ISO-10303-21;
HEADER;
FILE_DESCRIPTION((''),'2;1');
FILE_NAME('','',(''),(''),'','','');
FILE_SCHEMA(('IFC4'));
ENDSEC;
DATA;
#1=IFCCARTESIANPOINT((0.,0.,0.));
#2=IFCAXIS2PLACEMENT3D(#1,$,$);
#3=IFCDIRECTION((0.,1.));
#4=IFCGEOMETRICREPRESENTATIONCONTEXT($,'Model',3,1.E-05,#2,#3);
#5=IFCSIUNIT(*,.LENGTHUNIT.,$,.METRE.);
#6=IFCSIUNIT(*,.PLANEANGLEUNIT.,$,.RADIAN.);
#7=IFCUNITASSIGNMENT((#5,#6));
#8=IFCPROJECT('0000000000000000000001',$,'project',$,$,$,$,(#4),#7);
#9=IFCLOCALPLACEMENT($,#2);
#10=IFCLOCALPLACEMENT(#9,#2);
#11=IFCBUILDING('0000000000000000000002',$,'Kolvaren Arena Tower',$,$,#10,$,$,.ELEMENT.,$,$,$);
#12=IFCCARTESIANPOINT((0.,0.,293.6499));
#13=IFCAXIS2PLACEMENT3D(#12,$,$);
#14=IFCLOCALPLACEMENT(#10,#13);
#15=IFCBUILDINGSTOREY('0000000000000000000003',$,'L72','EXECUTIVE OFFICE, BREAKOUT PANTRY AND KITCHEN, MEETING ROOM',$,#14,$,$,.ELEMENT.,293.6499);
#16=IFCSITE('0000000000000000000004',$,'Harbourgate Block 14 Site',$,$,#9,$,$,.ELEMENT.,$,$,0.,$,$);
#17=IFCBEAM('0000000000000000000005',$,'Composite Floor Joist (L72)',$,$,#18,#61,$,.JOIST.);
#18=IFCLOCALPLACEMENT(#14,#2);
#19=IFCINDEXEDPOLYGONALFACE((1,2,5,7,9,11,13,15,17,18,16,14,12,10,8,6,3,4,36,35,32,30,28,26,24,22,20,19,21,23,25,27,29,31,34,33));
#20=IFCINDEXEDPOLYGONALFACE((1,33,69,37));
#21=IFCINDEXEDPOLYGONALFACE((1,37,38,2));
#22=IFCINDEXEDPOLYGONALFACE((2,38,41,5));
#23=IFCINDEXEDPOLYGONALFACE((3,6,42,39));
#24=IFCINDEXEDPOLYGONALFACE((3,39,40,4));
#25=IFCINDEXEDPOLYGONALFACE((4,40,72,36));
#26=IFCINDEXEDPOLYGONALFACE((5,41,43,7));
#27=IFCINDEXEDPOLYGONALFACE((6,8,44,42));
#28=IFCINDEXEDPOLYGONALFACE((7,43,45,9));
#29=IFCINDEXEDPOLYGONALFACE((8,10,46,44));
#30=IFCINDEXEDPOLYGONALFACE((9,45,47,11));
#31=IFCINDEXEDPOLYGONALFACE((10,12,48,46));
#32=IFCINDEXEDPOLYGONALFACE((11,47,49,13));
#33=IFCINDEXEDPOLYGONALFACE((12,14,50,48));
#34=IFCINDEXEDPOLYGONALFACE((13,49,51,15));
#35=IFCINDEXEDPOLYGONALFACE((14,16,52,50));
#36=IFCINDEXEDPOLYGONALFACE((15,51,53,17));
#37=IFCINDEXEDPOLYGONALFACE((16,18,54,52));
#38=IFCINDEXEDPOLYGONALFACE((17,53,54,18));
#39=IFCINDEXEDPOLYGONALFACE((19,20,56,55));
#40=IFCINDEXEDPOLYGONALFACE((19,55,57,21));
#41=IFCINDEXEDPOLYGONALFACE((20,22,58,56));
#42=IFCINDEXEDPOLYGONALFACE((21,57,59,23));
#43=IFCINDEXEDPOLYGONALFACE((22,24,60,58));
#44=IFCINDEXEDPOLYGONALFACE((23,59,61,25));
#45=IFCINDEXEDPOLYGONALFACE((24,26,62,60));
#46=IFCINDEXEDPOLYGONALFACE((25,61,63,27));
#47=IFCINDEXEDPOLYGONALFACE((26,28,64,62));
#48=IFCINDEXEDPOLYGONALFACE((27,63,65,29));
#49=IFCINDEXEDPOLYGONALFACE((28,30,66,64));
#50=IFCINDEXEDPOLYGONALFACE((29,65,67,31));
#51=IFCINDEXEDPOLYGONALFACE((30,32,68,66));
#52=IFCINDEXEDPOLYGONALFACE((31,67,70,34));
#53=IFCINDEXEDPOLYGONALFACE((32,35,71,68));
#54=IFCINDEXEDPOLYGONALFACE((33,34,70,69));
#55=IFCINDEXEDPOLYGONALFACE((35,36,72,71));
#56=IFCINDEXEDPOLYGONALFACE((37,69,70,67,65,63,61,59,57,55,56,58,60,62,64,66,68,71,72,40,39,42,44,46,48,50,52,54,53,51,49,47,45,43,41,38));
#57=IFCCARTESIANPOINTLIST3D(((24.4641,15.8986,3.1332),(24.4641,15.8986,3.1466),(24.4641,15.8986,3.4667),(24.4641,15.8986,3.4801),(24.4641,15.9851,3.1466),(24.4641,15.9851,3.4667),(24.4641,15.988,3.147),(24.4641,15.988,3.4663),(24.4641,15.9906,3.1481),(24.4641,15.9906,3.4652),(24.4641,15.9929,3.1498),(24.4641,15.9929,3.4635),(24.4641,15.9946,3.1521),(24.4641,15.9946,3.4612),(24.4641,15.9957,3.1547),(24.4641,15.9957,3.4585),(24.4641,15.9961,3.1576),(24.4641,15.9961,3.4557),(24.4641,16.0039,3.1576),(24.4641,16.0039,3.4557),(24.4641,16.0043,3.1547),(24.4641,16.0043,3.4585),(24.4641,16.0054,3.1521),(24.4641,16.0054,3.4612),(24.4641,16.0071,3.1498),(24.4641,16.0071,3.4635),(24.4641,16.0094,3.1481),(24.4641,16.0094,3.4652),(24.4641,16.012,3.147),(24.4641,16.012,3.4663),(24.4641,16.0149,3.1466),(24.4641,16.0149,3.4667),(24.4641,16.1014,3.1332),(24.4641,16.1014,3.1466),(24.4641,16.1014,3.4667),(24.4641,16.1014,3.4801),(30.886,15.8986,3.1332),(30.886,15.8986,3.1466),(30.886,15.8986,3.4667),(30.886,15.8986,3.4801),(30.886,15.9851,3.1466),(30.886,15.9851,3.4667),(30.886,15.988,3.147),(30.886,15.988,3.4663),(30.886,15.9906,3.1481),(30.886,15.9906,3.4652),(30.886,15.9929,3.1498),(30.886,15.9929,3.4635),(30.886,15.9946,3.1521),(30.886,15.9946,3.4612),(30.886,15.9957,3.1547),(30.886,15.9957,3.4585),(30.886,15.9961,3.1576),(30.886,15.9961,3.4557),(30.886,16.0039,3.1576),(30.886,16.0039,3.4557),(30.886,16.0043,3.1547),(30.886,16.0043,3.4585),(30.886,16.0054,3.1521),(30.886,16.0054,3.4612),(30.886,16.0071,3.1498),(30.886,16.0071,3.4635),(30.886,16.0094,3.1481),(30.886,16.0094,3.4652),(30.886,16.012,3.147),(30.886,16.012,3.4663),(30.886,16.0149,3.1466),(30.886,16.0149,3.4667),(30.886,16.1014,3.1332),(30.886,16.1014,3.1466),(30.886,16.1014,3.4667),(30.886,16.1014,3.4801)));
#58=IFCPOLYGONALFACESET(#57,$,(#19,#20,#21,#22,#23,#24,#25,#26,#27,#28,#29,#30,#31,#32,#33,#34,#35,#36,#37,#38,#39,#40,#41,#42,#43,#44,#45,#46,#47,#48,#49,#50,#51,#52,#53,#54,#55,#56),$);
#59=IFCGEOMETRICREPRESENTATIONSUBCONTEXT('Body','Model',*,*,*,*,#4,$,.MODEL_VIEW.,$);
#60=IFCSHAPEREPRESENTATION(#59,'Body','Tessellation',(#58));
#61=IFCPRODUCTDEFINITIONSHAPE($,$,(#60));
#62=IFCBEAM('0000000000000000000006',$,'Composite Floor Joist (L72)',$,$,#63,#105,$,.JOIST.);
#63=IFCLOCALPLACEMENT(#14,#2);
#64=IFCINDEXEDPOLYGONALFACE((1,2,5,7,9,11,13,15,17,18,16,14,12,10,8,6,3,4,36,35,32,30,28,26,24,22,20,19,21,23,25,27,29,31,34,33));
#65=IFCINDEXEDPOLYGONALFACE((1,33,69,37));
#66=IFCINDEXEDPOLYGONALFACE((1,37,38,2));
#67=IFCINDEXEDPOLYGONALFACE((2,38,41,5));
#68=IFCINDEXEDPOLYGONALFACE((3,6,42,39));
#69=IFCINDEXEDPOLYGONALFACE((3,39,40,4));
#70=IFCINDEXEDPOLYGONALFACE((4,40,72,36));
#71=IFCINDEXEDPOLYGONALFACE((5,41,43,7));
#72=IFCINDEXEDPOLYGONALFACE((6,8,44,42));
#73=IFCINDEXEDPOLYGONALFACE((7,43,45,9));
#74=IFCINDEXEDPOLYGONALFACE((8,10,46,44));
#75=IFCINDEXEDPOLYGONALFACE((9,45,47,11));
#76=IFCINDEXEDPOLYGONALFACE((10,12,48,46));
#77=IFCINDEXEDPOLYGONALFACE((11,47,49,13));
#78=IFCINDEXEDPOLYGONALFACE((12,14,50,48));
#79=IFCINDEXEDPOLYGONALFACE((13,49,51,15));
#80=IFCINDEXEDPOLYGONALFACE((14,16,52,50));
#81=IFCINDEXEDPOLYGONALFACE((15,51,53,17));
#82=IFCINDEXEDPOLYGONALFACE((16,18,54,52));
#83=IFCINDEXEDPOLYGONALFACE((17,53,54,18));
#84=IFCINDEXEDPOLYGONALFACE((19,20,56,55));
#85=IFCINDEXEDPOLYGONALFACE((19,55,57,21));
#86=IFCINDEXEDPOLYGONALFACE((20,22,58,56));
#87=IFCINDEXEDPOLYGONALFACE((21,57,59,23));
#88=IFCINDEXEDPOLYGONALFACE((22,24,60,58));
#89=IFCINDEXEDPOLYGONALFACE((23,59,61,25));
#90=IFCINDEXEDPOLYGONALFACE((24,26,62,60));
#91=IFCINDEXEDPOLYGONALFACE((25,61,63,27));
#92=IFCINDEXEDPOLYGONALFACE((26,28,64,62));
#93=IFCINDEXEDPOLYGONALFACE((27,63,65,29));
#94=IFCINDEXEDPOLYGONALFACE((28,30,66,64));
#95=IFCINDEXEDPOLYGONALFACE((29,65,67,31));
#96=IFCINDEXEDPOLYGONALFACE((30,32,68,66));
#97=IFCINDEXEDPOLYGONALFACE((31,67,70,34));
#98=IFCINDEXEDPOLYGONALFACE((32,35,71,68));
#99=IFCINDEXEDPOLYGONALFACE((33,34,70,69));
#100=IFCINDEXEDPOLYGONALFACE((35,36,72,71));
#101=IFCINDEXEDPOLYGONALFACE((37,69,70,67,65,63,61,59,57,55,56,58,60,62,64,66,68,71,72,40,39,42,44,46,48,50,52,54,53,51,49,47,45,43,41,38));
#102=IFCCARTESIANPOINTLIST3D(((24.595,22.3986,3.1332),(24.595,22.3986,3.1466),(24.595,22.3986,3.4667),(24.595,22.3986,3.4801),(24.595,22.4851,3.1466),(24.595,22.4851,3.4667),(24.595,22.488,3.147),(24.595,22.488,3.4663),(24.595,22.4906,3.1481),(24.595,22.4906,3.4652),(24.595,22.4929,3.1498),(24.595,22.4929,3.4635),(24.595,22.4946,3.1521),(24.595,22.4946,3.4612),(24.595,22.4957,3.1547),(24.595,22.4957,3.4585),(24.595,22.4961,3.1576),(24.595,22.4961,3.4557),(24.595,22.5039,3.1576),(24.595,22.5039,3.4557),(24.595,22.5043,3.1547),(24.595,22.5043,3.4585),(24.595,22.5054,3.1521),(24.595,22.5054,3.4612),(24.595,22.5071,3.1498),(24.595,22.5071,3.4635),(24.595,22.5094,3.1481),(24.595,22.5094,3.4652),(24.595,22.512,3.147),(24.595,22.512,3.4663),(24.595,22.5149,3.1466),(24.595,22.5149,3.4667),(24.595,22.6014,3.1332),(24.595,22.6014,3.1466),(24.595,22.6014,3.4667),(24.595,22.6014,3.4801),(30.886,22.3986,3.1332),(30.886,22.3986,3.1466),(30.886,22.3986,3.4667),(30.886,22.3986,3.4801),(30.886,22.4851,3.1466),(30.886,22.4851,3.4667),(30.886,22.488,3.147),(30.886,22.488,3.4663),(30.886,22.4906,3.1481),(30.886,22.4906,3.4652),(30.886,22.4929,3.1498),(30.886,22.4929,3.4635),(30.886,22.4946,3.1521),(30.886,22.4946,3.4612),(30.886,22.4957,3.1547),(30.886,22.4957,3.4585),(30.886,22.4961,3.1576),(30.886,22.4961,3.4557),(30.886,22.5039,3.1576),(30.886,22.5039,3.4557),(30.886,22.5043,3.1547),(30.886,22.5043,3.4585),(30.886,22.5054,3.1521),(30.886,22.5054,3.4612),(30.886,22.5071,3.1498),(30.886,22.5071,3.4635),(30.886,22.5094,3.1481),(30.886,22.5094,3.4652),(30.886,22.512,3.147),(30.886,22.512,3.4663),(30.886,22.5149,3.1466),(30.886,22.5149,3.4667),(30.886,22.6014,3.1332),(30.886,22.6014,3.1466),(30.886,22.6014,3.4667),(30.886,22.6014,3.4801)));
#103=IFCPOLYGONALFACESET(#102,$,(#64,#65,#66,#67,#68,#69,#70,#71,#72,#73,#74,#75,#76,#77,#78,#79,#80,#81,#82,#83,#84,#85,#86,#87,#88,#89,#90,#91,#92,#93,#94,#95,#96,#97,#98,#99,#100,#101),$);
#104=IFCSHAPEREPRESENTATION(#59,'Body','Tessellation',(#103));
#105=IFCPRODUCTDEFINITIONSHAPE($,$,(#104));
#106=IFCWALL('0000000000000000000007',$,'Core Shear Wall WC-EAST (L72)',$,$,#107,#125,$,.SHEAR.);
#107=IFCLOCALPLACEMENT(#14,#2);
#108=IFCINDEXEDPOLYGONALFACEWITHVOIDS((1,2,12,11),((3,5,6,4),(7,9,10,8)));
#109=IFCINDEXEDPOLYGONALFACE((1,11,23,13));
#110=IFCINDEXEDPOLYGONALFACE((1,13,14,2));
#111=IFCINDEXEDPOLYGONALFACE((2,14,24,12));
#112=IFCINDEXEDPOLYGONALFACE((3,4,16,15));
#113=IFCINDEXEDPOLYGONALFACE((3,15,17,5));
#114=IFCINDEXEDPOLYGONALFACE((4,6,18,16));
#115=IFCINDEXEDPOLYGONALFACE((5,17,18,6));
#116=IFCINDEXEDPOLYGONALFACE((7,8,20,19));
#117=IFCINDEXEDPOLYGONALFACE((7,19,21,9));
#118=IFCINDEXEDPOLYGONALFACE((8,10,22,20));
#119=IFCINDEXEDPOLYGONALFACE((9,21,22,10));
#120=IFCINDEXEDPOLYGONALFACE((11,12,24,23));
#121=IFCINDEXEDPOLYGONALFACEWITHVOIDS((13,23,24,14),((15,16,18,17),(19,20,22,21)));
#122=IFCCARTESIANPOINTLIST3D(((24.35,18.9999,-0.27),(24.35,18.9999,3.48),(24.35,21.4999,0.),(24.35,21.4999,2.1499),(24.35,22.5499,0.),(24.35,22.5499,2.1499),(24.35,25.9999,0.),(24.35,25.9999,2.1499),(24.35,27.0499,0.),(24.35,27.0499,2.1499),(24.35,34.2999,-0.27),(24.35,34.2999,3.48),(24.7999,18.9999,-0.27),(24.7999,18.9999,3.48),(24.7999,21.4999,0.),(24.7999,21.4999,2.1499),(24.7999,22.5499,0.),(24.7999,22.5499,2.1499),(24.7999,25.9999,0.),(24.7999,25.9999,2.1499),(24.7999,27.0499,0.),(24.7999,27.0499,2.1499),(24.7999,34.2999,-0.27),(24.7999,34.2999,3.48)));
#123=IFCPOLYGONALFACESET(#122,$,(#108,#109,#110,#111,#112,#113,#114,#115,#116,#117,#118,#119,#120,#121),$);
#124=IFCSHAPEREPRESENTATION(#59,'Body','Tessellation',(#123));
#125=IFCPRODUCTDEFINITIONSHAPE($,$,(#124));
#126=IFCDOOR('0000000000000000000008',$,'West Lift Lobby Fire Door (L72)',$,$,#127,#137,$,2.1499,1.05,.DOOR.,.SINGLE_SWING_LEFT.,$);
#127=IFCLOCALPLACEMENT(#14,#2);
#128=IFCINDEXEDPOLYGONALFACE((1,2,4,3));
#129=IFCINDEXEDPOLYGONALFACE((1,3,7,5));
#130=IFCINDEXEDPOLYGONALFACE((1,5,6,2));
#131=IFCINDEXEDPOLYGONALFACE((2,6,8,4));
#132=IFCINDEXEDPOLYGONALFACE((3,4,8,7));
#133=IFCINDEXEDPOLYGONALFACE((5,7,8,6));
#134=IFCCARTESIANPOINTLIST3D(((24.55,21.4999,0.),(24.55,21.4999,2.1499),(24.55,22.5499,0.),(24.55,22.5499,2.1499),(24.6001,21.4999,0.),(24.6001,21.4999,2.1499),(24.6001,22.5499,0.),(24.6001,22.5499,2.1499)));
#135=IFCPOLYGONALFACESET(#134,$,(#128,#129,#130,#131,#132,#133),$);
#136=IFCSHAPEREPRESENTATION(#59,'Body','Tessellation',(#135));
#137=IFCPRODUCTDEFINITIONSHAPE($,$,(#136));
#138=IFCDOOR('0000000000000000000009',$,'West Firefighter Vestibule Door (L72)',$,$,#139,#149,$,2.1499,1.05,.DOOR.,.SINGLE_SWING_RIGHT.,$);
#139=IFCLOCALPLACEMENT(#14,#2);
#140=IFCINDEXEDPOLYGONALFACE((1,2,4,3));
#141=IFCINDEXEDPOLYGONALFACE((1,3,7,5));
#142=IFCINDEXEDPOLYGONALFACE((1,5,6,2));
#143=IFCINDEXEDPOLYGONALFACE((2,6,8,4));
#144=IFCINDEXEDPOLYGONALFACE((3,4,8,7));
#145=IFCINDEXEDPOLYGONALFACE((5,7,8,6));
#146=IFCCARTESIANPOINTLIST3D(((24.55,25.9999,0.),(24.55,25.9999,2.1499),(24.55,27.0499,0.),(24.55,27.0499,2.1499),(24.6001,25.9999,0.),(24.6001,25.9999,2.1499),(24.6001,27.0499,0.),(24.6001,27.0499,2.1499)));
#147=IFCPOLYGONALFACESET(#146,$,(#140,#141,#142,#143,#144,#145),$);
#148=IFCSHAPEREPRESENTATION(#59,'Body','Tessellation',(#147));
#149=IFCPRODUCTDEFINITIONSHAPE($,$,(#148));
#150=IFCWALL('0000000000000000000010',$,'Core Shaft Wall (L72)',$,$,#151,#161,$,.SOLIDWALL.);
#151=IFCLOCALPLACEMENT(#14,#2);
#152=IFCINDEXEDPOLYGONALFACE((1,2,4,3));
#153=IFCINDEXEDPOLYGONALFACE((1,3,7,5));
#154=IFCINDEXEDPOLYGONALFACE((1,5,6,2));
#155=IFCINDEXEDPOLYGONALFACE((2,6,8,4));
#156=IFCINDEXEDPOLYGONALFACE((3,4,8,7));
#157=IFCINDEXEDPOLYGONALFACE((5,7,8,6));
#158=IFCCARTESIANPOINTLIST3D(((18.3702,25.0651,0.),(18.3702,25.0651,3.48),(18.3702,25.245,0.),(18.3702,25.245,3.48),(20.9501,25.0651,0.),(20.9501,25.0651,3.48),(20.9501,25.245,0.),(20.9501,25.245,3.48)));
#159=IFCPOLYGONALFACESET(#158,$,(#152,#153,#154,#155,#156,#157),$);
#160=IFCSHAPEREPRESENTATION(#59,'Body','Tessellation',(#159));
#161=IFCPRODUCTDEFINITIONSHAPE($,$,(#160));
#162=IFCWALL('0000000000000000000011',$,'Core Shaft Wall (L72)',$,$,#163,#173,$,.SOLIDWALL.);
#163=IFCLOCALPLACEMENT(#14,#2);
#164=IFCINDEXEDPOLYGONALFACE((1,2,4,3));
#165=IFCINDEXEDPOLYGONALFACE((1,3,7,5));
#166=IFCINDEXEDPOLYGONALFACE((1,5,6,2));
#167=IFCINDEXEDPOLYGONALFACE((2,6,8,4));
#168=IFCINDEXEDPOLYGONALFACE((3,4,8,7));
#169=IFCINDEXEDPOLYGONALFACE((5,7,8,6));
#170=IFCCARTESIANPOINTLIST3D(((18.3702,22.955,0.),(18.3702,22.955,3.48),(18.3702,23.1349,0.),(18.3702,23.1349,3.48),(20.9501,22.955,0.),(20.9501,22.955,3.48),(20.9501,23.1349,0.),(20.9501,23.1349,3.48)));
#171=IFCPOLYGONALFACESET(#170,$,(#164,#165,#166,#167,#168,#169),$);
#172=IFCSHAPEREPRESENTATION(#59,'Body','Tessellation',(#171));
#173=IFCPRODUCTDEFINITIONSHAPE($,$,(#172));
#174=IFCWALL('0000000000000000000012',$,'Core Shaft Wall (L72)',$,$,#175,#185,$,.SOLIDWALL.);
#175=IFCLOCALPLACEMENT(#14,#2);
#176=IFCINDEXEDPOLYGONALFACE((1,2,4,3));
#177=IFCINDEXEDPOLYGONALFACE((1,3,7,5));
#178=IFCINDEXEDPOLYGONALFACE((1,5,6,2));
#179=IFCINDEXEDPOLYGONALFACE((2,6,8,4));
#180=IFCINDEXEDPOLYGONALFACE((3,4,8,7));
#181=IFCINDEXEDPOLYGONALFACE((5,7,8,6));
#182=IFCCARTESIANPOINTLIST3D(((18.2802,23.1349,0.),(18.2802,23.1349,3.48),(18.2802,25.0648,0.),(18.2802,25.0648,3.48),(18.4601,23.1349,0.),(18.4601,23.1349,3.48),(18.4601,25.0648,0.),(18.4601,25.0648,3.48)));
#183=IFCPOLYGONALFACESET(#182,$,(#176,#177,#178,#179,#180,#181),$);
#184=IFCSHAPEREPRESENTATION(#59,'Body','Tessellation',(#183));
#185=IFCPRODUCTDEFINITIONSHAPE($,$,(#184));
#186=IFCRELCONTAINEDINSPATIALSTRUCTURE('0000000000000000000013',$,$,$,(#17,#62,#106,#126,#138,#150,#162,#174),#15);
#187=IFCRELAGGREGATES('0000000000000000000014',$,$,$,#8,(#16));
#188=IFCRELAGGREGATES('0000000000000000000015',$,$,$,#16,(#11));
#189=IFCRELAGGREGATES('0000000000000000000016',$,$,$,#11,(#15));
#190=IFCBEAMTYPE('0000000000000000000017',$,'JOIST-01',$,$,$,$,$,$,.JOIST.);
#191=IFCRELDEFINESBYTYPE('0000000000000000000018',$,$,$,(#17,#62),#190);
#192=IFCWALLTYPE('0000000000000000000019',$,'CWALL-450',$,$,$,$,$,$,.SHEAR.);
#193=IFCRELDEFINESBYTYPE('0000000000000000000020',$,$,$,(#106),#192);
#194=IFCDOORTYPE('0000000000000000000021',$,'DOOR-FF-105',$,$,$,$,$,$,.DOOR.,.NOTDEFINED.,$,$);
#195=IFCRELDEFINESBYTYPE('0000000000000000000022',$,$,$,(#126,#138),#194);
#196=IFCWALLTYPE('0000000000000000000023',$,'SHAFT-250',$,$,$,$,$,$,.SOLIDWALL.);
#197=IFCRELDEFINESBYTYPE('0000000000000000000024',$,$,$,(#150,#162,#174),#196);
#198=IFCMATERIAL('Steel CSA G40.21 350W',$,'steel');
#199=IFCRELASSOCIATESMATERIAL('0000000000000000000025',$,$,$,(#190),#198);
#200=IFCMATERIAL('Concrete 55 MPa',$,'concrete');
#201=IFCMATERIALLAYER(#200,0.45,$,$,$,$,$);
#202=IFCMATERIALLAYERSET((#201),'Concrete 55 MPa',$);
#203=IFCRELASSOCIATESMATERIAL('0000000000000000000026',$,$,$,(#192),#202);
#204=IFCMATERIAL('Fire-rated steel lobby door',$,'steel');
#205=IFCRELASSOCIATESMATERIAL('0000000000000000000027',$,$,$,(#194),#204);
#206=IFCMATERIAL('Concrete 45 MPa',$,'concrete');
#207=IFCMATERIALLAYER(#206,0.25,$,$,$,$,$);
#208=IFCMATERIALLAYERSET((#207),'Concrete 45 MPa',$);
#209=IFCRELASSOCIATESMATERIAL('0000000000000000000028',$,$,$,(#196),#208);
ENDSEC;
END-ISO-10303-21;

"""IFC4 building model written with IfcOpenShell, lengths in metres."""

from ifc_helpers import new_model, si_unit, direction, frame, frame_2d, origin, origin_2d, place, context, subcontext, project, spatial, rectangle, i_section, extrude, material, layer, layer_set, material_profile, profile_set, type_object, element, fill, save


model = new_model("IFC4")

# Units and contexts
model_context = context("Model", 3, precision=1e-05, world=origin(), true_north=direction((0.0, 1.0)))
body_context = subcontext(model_context, "Body", "Model", "MODEL_VIEW")
ifc_project = project(units=[si_unit("LENGTHUNIT", "METRE"), si_unit("PLANEANGLEUNIT", "RADIAN")], contexts=[model_context])

# Site, building, storey
site_placement = place(None, origin())
site = spatial("IfcSite", under=ifc_project, at=site_placement, Name="Harbourgate Block 14 Site", CompositionType="ELEMENT", RefElevation=0.0)
building_placement = place(site_placement, origin())
building = spatial("IfcBuilding", under=site, at=building_placement, Name="Kolvaren Arena Tower", CompositionType="ELEMENT")
storey_placement = place(building_placement, frame((0.0, 0.0, 293.6499)))
storey = spatial("IfcBuildingStorey", under=building, at=storey_placement, Name="L72", Description="EXECUTIVE OFFICE, BREAKOUT PANTRY AND KITCHEN, MEETING ROOM", CompositionType="ELEMENT", Elevation=293.6499)

# Beams
ifc_material_1 = material(Name="Steel CSA G40.21 350W", Category="steel")
ifc_material_profile_1 = material_profile(ifc_material_1, i_section(OverallWidth=0.2029, OverallDepth=0.3469, WebThickness=0.0078, FlangeThickness=0.0134, FilletRadius=0.011, at=origin_2d()), Name="W360x64")
ifc_profile_set_1 = profile_set([ifc_material_profile_1], Name="Steel CSA G40.21 350W")
beam_type_1 = type_object("IfcBeamType", Name="JOIST-01", PredefinedType="JOIST", material=ifc_profile_set_1)
beam_1_placement = place(storey_placement, frame((24.4641, 16.0, 3.3066), z_axis=(1.0, 0.0, 0.0), x_axis=(0.0, 1.0, 0.0)))
element("IfcBeam", 1, at=beam_1_placement, inside=storey, type_object=beam_type_1, Name="Composite Floor Joist (L72)", PredefinedType="JOIST", context=body_context, shape_type="SweptSolid", body=[
    extrude(i_section(OverallWidth=0.2029, OverallDepth=0.3469, WebThickness=0.0078, FlangeThickness=0.0134, FilletRadius=0.011, at=origin_2d()), origin(), (0.0, 0.0, 1.0), 6.4219),
])
beam_2_placement = place(storey_placement, frame((24.595, 22.5, 3.3066), z_axis=(1.0, 0.0, 0.0), x_axis=(0.0, 1.0, 0.0)))
element("IfcBeam", 2, at=beam_2_placement, inside=storey, type_object=beam_type_1, Name="Composite Floor Joist (L72)", PredefinedType="JOIST", context=body_context, shape_type="SweptSolid", body=[
    extrude(i_section(OverallWidth=0.2029, OverallDepth=0.3469, WebThickness=0.0078, FlangeThickness=0.0134, FilletRadius=0.011, at=origin_2d()), origin(), (0.0, 0.0, 1.0), 6.291),
])

# Wall, openings, doors
ifc_material_2 = material(Name="Concrete 55 MPa", Category="concrete")
ifc_layer_1 = layer(ifc_material_2, 0.45)
ifc_layer_set_1 = layer_set([ifc_layer_1], Name="Concrete 55 MPa")
wall_type_1 = type_object("IfcWallType", Name="CWALL-450", PredefinedType="SHEAR", material=ifc_layer_set_1)
wall_placement = place(storey_placement, frame((24.575, 19.0, -0.27), z_axis=(0.0, 0.0, 1.0), x_axis=(0.0, 1.0, 0.0)))
wall = element("IfcWall", 3, at=wall_placement, inside=storey, type_object=wall_type_1, Name="Core Shear Wall WC-EAST (L72)", PredefinedType="SHEAR", context=body_context, shape_type="SweptSolid", body=[
    extrude(rectangle(XDim=15.3, YDim=0.45, at=frame_2d((7.6499, 0.0))), origin(), (0.0, 0.0, 1.0), 3.75),
])
opening_1_placement = place(wall_placement, frame((2.5, 0.0, 0.27)))
opening_1 = element("IfcOpeningElement", 4, at=opening_1_placement, cuts=wall, PredefinedType="OPENING", context=body_context, shape_type="SweptSolid", body=[
    extrude(rectangle(XDim=1.05, YDim=2.1499, at=frame_2d((0.5249, 1.075))), frame((0.0, 0.2349, 0.0), z_axis=(0.0, -1.0, 0.0), x_axis=(1.0, 0.0, 0.0)), (0.0, 0.0, 1.0), 0.47),
])
opening_2_placement = place(wall_placement, frame((7.0, 0.0, 0.27)))
opening_2 = element("IfcOpeningElement", 5, at=opening_2_placement, cuts=wall, PredefinedType="OPENING", context=body_context, shape_type="SweptSolid", body=[
    extrude(rectangle(XDim=1.05, YDim=2.1499, at=frame_2d((0.5249, 1.075))), frame((0.0, 0.2349, 0.0), z_axis=(0.0, -1.0, 0.0), x_axis=(1.0, 0.0, 0.0)), (0.0, 0.0, 1.0), 0.47),
])
ifc_material_3 = material(Name="Fire-rated steel lobby door", Category="steel")
door_type = type_object("IfcDoorType", Name="DOOR-FF-105", OperationType="NOTDEFINED", PredefinedType="DOOR", material=ifc_material_3)
door_1_placement = place(opening_1_placement, origin())
door_1 = element("IfcDoor", 6, at=door_1_placement, inside=storey, type_object=door_type, Name="West Lift Lobby Fire Door (L72)", OperationType="SINGLE_SWING_LEFT", OverallHeight=2.1499, OverallWidth=1.05, PredefinedType="DOOR", context=body_context, shape_type="SweptSolid", body=[
    extrude(rectangle(XDim=1.05, YDim=2.1499, at=frame_2d((0.5249, 1.075))), frame((0.0, 0.0249, 0.0), z_axis=(0.0, -1.0, 0.0), x_axis=(1.0, 0.0, 0.0)), (0.0, 0.0, 1.0), 0.05),
])
fill(opening_1, door_1)
door_2_placement = place(opening_2_placement, origin())
door_2 = element("IfcDoor", 7, at=door_2_placement, inside=storey, type_object=door_type, Name="West Firefighter Vestibule Door (L72)", OperationType="SINGLE_SWING_RIGHT", OverallHeight=2.1499, OverallWidth=1.05, PredefinedType="DOOR", context=body_context, shape_type="SweptSolid", body=[
    extrude(rectangle(XDim=1.05, YDim=2.1499, at=frame_2d((0.5249, 1.075))), frame((0.0, 0.0249, 0.0), z_axis=(0.0, -1.0, 0.0), x_axis=(1.0, 0.0, 0.0)), (0.0, 0.0, 1.0), 0.05),
])
fill(opening_2, door_2)

# Walls
ifc_material_4 = material(Name="Concrete 45 MPa", Category="concrete")
ifc_layer_2 = layer(ifc_material_4, 0.25)
ifc_layer_set_2 = layer_set([ifc_layer_2], Name="Concrete 45 MPa")
wall_type_2 = type_object("IfcWallType", Name="SHAFT-250", PredefinedType="SOLIDWALL", material=ifc_layer_set_2)
for number, where, z_axis, x_axis, name in (
    (8, (18.3701, 25.155, 0.0), (0.0, 0.0, 1.0), (1.0, 0.0, 0.0), "Core Shaft Wall (L72)"),
    (9, (18.3701, 23.0449, 0.0), (0.0, 0.0, 1.0), (1.0, 0.0, 0.0), "Core Shaft Wall (L72)"),
):
    element("IfcWall", number, at=place(storey_placement, frame(where, z_axis=z_axis, x_axis=x_axis)), inside=storey, type_object=wall_type_2, Name=name, PredefinedType="SOLIDWALL", context=body_context, shape_type="SweptSolid", body=[
        extrude(rectangle(XDim=2.5798, YDim=0.1799, at=frame_2d((1.29, 0.0))), origin(), (0.0, 0.0, 1.0), 3.48),
    ])
for number, where, z_axis, x_axis, name in (
    (10, (18.3701, 23.135, 0.0), (0.0, 0.0, 1.0), (0.0, 1.0, 0.0), "Core Shaft Wall (L72)"),
):
    element("IfcWall", number, at=place(storey_placement, frame(where, z_axis=z_axis, x_axis=x_axis)), inside=storey, type_object=wall_type_2, Name=name, PredefinedType="SOLIDWALL", context=body_context, shape_type="SweptSolid", body=[
        extrude(rectangle(XDim=1.9299, YDim=0.1799, at=frame_2d((0.9648, 0.0))), origin(), (0.0, 0.0, 1.0), 3.48),
    ])

save(model, "model.ifc")
